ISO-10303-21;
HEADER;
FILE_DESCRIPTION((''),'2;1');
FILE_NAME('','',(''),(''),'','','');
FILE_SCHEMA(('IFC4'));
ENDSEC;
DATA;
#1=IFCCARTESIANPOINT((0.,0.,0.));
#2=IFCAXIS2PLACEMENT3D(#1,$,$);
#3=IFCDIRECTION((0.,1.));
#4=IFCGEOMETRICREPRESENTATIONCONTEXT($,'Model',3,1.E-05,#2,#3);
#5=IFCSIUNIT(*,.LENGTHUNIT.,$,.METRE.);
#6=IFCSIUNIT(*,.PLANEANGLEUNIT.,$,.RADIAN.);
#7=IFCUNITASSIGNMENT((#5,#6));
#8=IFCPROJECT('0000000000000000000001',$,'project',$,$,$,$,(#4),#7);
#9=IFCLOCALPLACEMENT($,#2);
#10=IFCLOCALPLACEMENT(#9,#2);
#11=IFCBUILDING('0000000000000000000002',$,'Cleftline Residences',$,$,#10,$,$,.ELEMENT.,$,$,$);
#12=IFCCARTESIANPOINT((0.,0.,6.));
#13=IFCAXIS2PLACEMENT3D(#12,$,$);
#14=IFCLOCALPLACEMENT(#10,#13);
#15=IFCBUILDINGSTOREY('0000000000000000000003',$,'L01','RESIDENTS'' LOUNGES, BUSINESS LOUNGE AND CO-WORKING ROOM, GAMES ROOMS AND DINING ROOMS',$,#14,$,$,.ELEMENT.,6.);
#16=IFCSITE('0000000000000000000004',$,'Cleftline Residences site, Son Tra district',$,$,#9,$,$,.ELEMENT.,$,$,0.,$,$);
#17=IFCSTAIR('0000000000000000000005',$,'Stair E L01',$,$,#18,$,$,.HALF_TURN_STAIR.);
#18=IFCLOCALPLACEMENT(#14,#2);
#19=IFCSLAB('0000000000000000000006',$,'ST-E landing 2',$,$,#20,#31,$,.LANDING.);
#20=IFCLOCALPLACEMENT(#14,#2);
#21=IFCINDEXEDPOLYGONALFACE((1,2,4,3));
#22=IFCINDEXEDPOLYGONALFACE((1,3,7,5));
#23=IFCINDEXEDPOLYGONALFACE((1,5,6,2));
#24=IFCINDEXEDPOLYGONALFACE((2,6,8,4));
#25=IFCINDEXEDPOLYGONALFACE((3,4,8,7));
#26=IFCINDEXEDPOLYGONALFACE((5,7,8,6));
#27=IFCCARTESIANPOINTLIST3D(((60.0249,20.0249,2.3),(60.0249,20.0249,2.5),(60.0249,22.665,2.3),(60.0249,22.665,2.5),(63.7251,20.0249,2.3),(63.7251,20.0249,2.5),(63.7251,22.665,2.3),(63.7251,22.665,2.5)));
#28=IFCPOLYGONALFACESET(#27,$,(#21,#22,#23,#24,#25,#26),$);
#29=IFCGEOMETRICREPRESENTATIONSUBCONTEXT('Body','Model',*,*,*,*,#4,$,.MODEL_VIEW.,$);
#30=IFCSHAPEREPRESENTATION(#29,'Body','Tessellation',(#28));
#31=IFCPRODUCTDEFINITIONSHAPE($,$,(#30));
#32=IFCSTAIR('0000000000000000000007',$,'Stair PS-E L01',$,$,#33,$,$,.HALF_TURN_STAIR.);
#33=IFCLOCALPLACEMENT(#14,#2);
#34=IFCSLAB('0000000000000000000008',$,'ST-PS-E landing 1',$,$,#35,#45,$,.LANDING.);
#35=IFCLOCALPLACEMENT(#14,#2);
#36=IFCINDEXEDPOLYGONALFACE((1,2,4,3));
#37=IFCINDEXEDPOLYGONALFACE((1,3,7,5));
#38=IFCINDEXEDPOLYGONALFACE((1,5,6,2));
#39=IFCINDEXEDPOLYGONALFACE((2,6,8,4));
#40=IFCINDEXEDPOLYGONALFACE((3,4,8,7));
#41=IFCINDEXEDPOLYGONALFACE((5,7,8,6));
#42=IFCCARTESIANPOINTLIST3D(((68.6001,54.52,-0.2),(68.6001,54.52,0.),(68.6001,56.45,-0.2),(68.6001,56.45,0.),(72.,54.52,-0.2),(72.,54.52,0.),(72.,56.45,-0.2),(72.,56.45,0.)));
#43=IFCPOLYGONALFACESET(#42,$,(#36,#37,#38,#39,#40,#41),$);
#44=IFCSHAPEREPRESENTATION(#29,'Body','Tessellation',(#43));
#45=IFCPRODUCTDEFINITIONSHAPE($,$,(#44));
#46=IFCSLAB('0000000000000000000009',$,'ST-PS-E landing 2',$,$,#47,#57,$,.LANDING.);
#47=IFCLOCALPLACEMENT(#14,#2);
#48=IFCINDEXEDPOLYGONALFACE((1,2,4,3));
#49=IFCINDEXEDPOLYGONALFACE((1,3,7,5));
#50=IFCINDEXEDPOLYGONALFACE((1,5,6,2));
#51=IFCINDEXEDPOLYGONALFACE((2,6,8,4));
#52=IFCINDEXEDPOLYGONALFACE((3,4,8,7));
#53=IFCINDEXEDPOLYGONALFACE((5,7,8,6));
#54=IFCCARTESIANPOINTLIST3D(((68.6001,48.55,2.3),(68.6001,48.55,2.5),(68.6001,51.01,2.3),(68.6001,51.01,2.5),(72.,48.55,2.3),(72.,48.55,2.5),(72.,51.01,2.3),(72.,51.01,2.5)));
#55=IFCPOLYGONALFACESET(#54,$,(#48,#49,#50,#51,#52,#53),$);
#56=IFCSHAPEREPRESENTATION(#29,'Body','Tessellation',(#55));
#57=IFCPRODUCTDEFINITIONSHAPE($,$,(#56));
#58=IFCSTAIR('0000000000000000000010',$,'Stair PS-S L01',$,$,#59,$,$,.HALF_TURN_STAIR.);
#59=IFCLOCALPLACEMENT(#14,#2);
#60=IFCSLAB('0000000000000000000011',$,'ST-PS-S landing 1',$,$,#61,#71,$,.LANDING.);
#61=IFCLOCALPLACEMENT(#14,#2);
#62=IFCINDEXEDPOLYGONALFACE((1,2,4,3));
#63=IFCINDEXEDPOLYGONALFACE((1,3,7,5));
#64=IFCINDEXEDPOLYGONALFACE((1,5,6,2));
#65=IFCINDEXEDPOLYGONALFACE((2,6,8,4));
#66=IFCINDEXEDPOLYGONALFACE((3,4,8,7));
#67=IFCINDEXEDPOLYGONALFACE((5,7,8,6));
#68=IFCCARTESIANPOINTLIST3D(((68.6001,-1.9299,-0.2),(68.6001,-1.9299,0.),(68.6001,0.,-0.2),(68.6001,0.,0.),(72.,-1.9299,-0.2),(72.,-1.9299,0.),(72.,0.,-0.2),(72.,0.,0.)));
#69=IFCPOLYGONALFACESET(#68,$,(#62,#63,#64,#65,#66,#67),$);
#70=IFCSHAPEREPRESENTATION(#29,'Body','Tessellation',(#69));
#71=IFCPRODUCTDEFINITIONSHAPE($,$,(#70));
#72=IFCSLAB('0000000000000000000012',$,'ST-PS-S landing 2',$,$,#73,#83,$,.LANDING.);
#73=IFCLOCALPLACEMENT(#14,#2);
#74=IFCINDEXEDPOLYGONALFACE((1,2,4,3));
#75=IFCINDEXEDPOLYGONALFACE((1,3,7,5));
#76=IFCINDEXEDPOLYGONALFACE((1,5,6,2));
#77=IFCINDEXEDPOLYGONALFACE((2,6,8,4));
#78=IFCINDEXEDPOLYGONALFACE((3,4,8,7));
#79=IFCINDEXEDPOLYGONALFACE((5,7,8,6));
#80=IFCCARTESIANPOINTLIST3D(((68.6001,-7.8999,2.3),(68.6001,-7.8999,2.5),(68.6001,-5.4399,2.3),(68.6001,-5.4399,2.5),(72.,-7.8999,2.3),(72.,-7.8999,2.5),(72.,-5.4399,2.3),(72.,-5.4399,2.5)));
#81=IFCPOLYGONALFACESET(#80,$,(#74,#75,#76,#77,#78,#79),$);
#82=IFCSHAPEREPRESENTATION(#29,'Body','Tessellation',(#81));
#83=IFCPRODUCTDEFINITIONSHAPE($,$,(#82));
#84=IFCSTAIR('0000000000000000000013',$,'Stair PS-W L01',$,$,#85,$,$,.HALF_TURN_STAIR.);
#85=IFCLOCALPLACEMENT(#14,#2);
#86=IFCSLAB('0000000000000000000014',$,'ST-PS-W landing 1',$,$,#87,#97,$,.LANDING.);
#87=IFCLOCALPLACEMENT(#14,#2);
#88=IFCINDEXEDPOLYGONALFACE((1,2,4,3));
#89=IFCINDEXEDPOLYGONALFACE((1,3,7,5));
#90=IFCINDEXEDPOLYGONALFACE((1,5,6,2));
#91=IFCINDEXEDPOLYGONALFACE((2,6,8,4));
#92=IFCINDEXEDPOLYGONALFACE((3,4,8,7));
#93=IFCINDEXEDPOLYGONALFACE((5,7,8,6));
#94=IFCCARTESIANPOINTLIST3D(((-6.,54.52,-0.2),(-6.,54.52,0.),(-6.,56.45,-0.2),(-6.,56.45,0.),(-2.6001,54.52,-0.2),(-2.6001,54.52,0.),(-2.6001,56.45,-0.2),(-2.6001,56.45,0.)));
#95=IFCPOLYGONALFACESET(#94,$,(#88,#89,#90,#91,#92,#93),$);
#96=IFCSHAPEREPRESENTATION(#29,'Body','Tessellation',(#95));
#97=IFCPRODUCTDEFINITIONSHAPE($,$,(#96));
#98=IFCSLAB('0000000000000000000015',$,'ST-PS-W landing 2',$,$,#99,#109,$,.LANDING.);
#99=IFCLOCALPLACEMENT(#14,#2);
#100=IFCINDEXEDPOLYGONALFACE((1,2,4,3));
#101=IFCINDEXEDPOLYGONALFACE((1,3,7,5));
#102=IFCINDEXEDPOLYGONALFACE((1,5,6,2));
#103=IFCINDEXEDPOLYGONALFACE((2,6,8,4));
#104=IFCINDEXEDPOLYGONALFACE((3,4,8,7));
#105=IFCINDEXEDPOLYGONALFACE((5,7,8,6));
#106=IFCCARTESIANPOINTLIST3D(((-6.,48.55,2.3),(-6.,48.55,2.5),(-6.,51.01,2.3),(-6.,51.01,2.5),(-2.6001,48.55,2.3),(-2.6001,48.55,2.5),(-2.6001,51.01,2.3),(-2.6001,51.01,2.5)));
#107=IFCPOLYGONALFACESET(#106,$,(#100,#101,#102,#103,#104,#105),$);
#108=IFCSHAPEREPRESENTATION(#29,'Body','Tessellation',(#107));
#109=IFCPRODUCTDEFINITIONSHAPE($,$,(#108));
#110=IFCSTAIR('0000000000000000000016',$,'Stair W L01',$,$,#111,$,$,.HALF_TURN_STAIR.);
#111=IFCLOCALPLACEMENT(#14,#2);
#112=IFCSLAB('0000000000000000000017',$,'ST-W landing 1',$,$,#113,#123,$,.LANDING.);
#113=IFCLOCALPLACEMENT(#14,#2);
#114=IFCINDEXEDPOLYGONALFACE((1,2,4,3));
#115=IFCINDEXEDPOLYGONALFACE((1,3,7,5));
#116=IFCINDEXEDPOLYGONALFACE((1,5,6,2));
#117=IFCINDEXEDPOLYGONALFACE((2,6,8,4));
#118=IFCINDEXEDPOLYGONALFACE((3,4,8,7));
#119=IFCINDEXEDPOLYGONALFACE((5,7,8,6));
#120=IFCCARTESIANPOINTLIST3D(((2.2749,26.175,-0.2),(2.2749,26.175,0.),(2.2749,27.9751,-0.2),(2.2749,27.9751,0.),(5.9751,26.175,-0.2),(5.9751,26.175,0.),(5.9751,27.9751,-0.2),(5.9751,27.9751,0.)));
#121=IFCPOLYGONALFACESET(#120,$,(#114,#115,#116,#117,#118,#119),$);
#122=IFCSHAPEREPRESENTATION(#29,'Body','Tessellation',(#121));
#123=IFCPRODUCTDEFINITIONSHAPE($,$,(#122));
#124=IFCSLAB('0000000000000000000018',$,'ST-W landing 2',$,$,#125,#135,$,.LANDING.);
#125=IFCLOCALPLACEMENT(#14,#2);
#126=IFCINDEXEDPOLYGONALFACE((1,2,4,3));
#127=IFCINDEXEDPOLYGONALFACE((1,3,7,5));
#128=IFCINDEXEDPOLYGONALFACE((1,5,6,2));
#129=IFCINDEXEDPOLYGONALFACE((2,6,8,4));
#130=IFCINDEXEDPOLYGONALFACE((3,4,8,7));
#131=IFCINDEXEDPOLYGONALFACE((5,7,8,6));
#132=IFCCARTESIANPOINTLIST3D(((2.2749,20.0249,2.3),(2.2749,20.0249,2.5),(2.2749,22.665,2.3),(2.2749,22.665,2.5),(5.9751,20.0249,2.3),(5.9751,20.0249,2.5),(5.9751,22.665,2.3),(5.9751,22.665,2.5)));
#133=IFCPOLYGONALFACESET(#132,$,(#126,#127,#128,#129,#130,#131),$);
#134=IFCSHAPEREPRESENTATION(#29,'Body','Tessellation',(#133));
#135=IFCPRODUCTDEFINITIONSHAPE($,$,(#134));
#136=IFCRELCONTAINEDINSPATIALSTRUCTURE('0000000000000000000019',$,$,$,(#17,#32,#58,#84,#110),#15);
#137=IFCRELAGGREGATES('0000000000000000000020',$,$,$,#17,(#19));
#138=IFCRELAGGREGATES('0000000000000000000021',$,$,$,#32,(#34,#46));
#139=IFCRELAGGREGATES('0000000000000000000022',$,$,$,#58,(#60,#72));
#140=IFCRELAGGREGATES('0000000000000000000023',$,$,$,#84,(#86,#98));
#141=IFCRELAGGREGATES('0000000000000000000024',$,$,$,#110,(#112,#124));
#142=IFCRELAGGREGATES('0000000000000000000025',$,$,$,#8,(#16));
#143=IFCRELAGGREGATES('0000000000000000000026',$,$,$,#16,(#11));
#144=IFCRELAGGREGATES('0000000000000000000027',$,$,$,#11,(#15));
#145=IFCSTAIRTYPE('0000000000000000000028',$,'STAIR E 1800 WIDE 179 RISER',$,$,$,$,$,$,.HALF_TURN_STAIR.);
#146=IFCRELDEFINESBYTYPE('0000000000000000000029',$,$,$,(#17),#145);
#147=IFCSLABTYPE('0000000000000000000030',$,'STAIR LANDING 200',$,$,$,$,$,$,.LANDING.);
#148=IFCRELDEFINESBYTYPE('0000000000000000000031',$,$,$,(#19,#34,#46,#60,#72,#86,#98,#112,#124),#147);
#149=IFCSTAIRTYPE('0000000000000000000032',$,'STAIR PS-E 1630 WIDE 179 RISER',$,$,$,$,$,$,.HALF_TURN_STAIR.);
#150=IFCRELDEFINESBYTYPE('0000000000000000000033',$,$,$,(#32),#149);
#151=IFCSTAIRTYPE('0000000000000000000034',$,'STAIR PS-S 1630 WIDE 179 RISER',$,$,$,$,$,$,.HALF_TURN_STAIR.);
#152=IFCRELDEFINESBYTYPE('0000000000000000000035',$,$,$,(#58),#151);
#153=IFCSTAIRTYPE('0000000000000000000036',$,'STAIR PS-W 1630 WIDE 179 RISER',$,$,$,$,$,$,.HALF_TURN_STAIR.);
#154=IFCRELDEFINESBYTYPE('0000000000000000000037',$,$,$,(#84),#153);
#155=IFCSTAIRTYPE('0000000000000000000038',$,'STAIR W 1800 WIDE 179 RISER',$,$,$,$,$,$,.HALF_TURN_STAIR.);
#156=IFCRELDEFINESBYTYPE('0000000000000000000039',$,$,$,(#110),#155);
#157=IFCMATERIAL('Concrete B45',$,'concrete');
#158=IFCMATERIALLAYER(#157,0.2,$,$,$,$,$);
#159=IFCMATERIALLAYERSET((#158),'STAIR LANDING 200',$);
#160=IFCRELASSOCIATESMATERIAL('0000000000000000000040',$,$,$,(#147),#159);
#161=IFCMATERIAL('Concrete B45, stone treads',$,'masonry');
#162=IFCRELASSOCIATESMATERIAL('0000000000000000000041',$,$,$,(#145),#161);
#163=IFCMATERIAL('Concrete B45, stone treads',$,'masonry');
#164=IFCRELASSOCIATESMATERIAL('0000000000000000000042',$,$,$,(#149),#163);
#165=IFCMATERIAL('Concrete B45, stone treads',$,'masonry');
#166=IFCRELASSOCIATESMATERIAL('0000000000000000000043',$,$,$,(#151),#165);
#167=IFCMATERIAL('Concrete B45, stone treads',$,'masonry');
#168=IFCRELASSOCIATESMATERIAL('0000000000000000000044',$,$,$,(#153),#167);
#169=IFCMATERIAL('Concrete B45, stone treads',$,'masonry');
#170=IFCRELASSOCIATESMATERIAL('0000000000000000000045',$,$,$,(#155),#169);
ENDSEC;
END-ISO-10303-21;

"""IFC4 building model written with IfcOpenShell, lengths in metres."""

from ifc_helpers import new_model, si_unit, direction, frame, origin, place, context, subcontext, project, spatial, polyline, outline, extrude, material, layer, layer_set, type_object, element, aggregate, save


model = new_model("IFC4")

# Units and contexts
model_context = context("Model", 3, precision=1e-05, world=origin(), true_north=direction((0.0, 1.0)))
body_context = subcontext(model_context, "Body", "Model", "MODEL_VIEW")
ifc_project = project(units=[si_unit("LENGTHUNIT", "METRE"), si_unit("PLANEANGLEUNIT", "RADIAN")], contexts=[model_context])

# Site, building, storey
site_placement = place(None, origin())
site = spatial("IfcSite", under=ifc_project, at=site_placement, Name="Cleftline Residences site, Son Tra district", CompositionType="ELEMENT", RefElevation=0.0)
building_placement = place(site_placement, origin())
building = spatial("IfcBuilding", under=site, at=building_placement, Name="Cleftline Residences", CompositionType="ELEMENT")
storey_placement = place(building_placement, frame((0.0, 0.0, 6.0)))
storey = spatial("IfcBuildingStorey", under=building, at=storey_placement, Name="L01", Description="RESIDENTS' LOUNGES, BUSINESS LOUNGE AND CO-WORKING ROOM, GAMES ROOMS AND DINING ROOMS", CompositionType="ELEMENT", Elevation=6.0)

# Stairs, slabs
ifc_material_1 = material(Name="Concrete B45", Category="concrete")
ifc_layer = layer(ifc_material_1, 0.2)
ifc_layer_set = layer_set([ifc_layer], Name="STAIR LANDING 200")
slab_type = type_object("IfcSlabType", Name="STAIR LANDING 200", PredefinedType="LANDING", material=ifc_layer_set)
ifc_material_2 = material(Name="Concrete B45, stone treads", Category="masonry")
stair_type_1 = type_object("IfcStairType", Name="STAIR E 1800 WIDE 179 RISER", PredefinedType="HALF_TURN_STAIR", material=ifc_material_2)
stair_1_placement = place(storey_placement, origin())
stair_1 = element("IfcStair", 1, at=stair_1_placement, inside=storey, type_object=stair_type_1, Name="Stair E L01", PredefinedType="HALF_TURN_STAIR")
slab_1_placement = place(storey_placement, frame((0.0, 0.0, 2.3)))
slab_1 = element("IfcSlab", 2, at=slab_1_placement, type_object=slab_type, Name="ST-E landing 2", PredefinedType="LANDING", context=body_context, shape_type="SweptSolid", body=[
    extrude(outline(polyline([(60.0249, 20.0249), (63.7251, 20.0249), (63.7251, 22.665), (60.0249, 22.665), (60.0249, 20.0249)])), origin(), (0.0, 0.0, 1.0), 0.2),
])
aggregate(stair_1, [slab_1])
ifc_material_3 = material(Name="Concrete B45, stone treads", Category="masonry")
stair_type_2 = type_object("IfcStairType", Name="STAIR PS-E 1630 WIDE 179 RISER", PredefinedType="HALF_TURN_STAIR", material=ifc_material_3)
stair_2_placement = place(storey_placement, origin())
stair_2 = element("IfcStair", 3, at=stair_2_placement, inside=storey, type_object=stair_type_2, Name="Stair PS-E L01", PredefinedType="HALF_TURN_STAIR")
slab_2_placement = place(storey_placement, frame((0.0, 0.0, -0.2)))
slab_2 = element("IfcSlab", 4, at=slab_2_placement, type_object=slab_type, Name="ST-PS-E landing 1", PredefinedType="LANDING", context=body_context, shape_type="SweptSolid", body=[
    extrude(outline(polyline([(68.6001, 54.52), (72.0, 54.52), (72.0, 56.45), (68.6001, 56.45), (68.6001, 54.52)])), origin(), (0.0, 0.0, 1.0), 0.2),
])
slab_3_placement = place(storey_placement, frame((0.0, 0.0, 2.3)))
slab_3 = element("IfcSlab", 5, at=slab_3_placement, type_object=slab_type, Name="ST-PS-E landing 2", PredefinedType="LANDING", context=body_context, shape_type="SweptSolid", body=[
    extrude(outline(polyline([(68.6001, 48.55), (72.0, 48.55), (72.0, 51.01), (68.6001, 51.01), (68.6001, 48.55)])), origin(), (0.0, 0.0, 1.0), 0.2),
])
aggregate(stair_2, [slab_2, slab_3])
ifc_material_4 = material(Name="Concrete B45, stone treads", Category="masonry")
stair_type_3 = type_object("IfcStairType", Name="STAIR PS-S 1630 WIDE 179 RISER", PredefinedType="HALF_TURN_STAIR", material=ifc_material_4)
stair_3_placement = place(storey_placement, origin())
stair_3 = element("IfcStair", 6, at=stair_3_placement, inside=storey, type_object=stair_type_3, Name="Stair PS-S L01", PredefinedType="HALF_TURN_STAIR")
slab_4_placement = place(storey_placement, frame((0.0, 0.0, -0.2)))
slab_4 = element("IfcSlab", 7, at=slab_4_placement, type_object=slab_type, Name="ST-PS-S landing 1", PredefinedType="LANDING", context=body_context, shape_type="SweptSolid", body=[
    extrude(outline(polyline([(68.6001, -1.9299), (72.0, -1.9299), (72.0, 0.0), (68.6001, 0.0), (68.6001, -1.9299)])), origin(), (0.0, 0.0, 1.0), 0.2),
])
slab_5_placement = place(storey_placement, frame((0.0, 0.0, 2.3)))
slab_5 = element("IfcSlab", 8, at=slab_5_placement, type_object=slab_type, Name="ST-PS-S landing 2", PredefinedType="LANDING", context=body_context, shape_type="SweptSolid", body=[
    extrude(outline(polyline([(68.6001, -7.8999), (72.0, -7.8999), (72.0, -5.4399), (68.6001, -5.4399), (68.6001, -7.8999)])), origin(), (0.0, 0.0, 1.0), 0.2),
])
aggregate(stair_3, [slab_4, slab_5])
ifc_material_5 = material(Name="Concrete B45, stone treads", Category="masonry")
stair_type_4 = type_object("IfcStairType", Name="STAIR PS-W 1630 WIDE 179 RISER", PredefinedType="HALF_TURN_STAIR", material=ifc_material_5)
stair_4_placement = place(storey_placement, origin())
stair_4 = element("IfcStair", 9, at=stair_4_placement, inside=storey, type_object=stair_type_4, Name="Stair PS-W L01", PredefinedType="HALF_TURN_STAIR")
slab_6_placement = place(storey_placement, frame((0.0, 0.0, -0.2)))
slab_6 = element("IfcSlab", 10, at=slab_6_placement, type_object=slab_type, Name="ST-PS-W landing 1", PredefinedType="LANDING", context=body_context, shape_type="SweptSolid", body=[
    extrude(outline(polyline([(-6.0, 54.52), (-2.6001, 54.52), (-2.6001, 56.45), (-6.0, 56.45), (-6.0, 54.52)])), origin(), (0.0, 0.0, 1.0), 0.2),
])
slab_7_placement = place(storey_placement, frame((0.0, 0.0, 2.3)))
slab_7 = element("IfcSlab", 11, at=slab_7_placement, type_object=slab_type, Name="ST-PS-W landing 2", PredefinedType="LANDING", context=body_context, shape_type="SweptSolid", body=[
    extrude(outline(polyline([(-6.0, 48.55), (-2.6001, 48.55), (-2.6001, 51.01), (-6.0, 51.01), (-6.0, 48.55)])), origin(), (0.0, 0.0, 1.0), 0.2),
])
aggregate(stair_4, [slab_6, slab_7])
ifc_material_6 = material(Name="Concrete B45, stone treads", Category="masonry")
stair_type_5 = type_object("IfcStairType", Name="STAIR W 1800 WIDE 179 RISER", PredefinedType="HALF_TURN_STAIR", material=ifc_material_6)
stair_5_placement = place(storey_placement, origin())
stair_5 = element("IfcStair", 12, at=stair_5_placement, inside=storey, type_object=stair_type_5, Name="Stair W L01", PredefinedType="HALF_TURN_STAIR")
slab_8_placement = place(storey_placement, frame((0.0, 0.0, -0.2)))
slab_8 = element("IfcSlab", 13, at=slab_8_placement, type_object=slab_type, Name="ST-W landing 1", PredefinedType="LANDING", context=body_context, shape_type="SweptSolid", body=[
    extrude(outline(polyline([(2.2749, 26.175), (5.9751, 26.175), (5.9751, 27.9751), (2.2749, 27.9751), (2.2749, 26.175)])), origin(), (0.0, 0.0, 1.0), 0.2),
])
slab_9_placement = place(storey_placement, frame((0.0, 0.0, 2.3)))
slab_9 = element("IfcSlab", 14, at=slab_9_placement, type_object=slab_type, Name="ST-W landing 2", PredefinedType="LANDING", context=body_context, shape_type="SweptSolid", body=[
    extrude(outline(polyline([(2.2749, 20.0249), (5.9751, 20.0249), (5.9751, 22.665), (2.2749, 22.665), (2.2749, 20.0249)])), origin(), (0.0, 0.0, 1.0), 0.2),
])
aggregate(stair_5, [slab_8, slab_9])

save(model, "model.ifc")
